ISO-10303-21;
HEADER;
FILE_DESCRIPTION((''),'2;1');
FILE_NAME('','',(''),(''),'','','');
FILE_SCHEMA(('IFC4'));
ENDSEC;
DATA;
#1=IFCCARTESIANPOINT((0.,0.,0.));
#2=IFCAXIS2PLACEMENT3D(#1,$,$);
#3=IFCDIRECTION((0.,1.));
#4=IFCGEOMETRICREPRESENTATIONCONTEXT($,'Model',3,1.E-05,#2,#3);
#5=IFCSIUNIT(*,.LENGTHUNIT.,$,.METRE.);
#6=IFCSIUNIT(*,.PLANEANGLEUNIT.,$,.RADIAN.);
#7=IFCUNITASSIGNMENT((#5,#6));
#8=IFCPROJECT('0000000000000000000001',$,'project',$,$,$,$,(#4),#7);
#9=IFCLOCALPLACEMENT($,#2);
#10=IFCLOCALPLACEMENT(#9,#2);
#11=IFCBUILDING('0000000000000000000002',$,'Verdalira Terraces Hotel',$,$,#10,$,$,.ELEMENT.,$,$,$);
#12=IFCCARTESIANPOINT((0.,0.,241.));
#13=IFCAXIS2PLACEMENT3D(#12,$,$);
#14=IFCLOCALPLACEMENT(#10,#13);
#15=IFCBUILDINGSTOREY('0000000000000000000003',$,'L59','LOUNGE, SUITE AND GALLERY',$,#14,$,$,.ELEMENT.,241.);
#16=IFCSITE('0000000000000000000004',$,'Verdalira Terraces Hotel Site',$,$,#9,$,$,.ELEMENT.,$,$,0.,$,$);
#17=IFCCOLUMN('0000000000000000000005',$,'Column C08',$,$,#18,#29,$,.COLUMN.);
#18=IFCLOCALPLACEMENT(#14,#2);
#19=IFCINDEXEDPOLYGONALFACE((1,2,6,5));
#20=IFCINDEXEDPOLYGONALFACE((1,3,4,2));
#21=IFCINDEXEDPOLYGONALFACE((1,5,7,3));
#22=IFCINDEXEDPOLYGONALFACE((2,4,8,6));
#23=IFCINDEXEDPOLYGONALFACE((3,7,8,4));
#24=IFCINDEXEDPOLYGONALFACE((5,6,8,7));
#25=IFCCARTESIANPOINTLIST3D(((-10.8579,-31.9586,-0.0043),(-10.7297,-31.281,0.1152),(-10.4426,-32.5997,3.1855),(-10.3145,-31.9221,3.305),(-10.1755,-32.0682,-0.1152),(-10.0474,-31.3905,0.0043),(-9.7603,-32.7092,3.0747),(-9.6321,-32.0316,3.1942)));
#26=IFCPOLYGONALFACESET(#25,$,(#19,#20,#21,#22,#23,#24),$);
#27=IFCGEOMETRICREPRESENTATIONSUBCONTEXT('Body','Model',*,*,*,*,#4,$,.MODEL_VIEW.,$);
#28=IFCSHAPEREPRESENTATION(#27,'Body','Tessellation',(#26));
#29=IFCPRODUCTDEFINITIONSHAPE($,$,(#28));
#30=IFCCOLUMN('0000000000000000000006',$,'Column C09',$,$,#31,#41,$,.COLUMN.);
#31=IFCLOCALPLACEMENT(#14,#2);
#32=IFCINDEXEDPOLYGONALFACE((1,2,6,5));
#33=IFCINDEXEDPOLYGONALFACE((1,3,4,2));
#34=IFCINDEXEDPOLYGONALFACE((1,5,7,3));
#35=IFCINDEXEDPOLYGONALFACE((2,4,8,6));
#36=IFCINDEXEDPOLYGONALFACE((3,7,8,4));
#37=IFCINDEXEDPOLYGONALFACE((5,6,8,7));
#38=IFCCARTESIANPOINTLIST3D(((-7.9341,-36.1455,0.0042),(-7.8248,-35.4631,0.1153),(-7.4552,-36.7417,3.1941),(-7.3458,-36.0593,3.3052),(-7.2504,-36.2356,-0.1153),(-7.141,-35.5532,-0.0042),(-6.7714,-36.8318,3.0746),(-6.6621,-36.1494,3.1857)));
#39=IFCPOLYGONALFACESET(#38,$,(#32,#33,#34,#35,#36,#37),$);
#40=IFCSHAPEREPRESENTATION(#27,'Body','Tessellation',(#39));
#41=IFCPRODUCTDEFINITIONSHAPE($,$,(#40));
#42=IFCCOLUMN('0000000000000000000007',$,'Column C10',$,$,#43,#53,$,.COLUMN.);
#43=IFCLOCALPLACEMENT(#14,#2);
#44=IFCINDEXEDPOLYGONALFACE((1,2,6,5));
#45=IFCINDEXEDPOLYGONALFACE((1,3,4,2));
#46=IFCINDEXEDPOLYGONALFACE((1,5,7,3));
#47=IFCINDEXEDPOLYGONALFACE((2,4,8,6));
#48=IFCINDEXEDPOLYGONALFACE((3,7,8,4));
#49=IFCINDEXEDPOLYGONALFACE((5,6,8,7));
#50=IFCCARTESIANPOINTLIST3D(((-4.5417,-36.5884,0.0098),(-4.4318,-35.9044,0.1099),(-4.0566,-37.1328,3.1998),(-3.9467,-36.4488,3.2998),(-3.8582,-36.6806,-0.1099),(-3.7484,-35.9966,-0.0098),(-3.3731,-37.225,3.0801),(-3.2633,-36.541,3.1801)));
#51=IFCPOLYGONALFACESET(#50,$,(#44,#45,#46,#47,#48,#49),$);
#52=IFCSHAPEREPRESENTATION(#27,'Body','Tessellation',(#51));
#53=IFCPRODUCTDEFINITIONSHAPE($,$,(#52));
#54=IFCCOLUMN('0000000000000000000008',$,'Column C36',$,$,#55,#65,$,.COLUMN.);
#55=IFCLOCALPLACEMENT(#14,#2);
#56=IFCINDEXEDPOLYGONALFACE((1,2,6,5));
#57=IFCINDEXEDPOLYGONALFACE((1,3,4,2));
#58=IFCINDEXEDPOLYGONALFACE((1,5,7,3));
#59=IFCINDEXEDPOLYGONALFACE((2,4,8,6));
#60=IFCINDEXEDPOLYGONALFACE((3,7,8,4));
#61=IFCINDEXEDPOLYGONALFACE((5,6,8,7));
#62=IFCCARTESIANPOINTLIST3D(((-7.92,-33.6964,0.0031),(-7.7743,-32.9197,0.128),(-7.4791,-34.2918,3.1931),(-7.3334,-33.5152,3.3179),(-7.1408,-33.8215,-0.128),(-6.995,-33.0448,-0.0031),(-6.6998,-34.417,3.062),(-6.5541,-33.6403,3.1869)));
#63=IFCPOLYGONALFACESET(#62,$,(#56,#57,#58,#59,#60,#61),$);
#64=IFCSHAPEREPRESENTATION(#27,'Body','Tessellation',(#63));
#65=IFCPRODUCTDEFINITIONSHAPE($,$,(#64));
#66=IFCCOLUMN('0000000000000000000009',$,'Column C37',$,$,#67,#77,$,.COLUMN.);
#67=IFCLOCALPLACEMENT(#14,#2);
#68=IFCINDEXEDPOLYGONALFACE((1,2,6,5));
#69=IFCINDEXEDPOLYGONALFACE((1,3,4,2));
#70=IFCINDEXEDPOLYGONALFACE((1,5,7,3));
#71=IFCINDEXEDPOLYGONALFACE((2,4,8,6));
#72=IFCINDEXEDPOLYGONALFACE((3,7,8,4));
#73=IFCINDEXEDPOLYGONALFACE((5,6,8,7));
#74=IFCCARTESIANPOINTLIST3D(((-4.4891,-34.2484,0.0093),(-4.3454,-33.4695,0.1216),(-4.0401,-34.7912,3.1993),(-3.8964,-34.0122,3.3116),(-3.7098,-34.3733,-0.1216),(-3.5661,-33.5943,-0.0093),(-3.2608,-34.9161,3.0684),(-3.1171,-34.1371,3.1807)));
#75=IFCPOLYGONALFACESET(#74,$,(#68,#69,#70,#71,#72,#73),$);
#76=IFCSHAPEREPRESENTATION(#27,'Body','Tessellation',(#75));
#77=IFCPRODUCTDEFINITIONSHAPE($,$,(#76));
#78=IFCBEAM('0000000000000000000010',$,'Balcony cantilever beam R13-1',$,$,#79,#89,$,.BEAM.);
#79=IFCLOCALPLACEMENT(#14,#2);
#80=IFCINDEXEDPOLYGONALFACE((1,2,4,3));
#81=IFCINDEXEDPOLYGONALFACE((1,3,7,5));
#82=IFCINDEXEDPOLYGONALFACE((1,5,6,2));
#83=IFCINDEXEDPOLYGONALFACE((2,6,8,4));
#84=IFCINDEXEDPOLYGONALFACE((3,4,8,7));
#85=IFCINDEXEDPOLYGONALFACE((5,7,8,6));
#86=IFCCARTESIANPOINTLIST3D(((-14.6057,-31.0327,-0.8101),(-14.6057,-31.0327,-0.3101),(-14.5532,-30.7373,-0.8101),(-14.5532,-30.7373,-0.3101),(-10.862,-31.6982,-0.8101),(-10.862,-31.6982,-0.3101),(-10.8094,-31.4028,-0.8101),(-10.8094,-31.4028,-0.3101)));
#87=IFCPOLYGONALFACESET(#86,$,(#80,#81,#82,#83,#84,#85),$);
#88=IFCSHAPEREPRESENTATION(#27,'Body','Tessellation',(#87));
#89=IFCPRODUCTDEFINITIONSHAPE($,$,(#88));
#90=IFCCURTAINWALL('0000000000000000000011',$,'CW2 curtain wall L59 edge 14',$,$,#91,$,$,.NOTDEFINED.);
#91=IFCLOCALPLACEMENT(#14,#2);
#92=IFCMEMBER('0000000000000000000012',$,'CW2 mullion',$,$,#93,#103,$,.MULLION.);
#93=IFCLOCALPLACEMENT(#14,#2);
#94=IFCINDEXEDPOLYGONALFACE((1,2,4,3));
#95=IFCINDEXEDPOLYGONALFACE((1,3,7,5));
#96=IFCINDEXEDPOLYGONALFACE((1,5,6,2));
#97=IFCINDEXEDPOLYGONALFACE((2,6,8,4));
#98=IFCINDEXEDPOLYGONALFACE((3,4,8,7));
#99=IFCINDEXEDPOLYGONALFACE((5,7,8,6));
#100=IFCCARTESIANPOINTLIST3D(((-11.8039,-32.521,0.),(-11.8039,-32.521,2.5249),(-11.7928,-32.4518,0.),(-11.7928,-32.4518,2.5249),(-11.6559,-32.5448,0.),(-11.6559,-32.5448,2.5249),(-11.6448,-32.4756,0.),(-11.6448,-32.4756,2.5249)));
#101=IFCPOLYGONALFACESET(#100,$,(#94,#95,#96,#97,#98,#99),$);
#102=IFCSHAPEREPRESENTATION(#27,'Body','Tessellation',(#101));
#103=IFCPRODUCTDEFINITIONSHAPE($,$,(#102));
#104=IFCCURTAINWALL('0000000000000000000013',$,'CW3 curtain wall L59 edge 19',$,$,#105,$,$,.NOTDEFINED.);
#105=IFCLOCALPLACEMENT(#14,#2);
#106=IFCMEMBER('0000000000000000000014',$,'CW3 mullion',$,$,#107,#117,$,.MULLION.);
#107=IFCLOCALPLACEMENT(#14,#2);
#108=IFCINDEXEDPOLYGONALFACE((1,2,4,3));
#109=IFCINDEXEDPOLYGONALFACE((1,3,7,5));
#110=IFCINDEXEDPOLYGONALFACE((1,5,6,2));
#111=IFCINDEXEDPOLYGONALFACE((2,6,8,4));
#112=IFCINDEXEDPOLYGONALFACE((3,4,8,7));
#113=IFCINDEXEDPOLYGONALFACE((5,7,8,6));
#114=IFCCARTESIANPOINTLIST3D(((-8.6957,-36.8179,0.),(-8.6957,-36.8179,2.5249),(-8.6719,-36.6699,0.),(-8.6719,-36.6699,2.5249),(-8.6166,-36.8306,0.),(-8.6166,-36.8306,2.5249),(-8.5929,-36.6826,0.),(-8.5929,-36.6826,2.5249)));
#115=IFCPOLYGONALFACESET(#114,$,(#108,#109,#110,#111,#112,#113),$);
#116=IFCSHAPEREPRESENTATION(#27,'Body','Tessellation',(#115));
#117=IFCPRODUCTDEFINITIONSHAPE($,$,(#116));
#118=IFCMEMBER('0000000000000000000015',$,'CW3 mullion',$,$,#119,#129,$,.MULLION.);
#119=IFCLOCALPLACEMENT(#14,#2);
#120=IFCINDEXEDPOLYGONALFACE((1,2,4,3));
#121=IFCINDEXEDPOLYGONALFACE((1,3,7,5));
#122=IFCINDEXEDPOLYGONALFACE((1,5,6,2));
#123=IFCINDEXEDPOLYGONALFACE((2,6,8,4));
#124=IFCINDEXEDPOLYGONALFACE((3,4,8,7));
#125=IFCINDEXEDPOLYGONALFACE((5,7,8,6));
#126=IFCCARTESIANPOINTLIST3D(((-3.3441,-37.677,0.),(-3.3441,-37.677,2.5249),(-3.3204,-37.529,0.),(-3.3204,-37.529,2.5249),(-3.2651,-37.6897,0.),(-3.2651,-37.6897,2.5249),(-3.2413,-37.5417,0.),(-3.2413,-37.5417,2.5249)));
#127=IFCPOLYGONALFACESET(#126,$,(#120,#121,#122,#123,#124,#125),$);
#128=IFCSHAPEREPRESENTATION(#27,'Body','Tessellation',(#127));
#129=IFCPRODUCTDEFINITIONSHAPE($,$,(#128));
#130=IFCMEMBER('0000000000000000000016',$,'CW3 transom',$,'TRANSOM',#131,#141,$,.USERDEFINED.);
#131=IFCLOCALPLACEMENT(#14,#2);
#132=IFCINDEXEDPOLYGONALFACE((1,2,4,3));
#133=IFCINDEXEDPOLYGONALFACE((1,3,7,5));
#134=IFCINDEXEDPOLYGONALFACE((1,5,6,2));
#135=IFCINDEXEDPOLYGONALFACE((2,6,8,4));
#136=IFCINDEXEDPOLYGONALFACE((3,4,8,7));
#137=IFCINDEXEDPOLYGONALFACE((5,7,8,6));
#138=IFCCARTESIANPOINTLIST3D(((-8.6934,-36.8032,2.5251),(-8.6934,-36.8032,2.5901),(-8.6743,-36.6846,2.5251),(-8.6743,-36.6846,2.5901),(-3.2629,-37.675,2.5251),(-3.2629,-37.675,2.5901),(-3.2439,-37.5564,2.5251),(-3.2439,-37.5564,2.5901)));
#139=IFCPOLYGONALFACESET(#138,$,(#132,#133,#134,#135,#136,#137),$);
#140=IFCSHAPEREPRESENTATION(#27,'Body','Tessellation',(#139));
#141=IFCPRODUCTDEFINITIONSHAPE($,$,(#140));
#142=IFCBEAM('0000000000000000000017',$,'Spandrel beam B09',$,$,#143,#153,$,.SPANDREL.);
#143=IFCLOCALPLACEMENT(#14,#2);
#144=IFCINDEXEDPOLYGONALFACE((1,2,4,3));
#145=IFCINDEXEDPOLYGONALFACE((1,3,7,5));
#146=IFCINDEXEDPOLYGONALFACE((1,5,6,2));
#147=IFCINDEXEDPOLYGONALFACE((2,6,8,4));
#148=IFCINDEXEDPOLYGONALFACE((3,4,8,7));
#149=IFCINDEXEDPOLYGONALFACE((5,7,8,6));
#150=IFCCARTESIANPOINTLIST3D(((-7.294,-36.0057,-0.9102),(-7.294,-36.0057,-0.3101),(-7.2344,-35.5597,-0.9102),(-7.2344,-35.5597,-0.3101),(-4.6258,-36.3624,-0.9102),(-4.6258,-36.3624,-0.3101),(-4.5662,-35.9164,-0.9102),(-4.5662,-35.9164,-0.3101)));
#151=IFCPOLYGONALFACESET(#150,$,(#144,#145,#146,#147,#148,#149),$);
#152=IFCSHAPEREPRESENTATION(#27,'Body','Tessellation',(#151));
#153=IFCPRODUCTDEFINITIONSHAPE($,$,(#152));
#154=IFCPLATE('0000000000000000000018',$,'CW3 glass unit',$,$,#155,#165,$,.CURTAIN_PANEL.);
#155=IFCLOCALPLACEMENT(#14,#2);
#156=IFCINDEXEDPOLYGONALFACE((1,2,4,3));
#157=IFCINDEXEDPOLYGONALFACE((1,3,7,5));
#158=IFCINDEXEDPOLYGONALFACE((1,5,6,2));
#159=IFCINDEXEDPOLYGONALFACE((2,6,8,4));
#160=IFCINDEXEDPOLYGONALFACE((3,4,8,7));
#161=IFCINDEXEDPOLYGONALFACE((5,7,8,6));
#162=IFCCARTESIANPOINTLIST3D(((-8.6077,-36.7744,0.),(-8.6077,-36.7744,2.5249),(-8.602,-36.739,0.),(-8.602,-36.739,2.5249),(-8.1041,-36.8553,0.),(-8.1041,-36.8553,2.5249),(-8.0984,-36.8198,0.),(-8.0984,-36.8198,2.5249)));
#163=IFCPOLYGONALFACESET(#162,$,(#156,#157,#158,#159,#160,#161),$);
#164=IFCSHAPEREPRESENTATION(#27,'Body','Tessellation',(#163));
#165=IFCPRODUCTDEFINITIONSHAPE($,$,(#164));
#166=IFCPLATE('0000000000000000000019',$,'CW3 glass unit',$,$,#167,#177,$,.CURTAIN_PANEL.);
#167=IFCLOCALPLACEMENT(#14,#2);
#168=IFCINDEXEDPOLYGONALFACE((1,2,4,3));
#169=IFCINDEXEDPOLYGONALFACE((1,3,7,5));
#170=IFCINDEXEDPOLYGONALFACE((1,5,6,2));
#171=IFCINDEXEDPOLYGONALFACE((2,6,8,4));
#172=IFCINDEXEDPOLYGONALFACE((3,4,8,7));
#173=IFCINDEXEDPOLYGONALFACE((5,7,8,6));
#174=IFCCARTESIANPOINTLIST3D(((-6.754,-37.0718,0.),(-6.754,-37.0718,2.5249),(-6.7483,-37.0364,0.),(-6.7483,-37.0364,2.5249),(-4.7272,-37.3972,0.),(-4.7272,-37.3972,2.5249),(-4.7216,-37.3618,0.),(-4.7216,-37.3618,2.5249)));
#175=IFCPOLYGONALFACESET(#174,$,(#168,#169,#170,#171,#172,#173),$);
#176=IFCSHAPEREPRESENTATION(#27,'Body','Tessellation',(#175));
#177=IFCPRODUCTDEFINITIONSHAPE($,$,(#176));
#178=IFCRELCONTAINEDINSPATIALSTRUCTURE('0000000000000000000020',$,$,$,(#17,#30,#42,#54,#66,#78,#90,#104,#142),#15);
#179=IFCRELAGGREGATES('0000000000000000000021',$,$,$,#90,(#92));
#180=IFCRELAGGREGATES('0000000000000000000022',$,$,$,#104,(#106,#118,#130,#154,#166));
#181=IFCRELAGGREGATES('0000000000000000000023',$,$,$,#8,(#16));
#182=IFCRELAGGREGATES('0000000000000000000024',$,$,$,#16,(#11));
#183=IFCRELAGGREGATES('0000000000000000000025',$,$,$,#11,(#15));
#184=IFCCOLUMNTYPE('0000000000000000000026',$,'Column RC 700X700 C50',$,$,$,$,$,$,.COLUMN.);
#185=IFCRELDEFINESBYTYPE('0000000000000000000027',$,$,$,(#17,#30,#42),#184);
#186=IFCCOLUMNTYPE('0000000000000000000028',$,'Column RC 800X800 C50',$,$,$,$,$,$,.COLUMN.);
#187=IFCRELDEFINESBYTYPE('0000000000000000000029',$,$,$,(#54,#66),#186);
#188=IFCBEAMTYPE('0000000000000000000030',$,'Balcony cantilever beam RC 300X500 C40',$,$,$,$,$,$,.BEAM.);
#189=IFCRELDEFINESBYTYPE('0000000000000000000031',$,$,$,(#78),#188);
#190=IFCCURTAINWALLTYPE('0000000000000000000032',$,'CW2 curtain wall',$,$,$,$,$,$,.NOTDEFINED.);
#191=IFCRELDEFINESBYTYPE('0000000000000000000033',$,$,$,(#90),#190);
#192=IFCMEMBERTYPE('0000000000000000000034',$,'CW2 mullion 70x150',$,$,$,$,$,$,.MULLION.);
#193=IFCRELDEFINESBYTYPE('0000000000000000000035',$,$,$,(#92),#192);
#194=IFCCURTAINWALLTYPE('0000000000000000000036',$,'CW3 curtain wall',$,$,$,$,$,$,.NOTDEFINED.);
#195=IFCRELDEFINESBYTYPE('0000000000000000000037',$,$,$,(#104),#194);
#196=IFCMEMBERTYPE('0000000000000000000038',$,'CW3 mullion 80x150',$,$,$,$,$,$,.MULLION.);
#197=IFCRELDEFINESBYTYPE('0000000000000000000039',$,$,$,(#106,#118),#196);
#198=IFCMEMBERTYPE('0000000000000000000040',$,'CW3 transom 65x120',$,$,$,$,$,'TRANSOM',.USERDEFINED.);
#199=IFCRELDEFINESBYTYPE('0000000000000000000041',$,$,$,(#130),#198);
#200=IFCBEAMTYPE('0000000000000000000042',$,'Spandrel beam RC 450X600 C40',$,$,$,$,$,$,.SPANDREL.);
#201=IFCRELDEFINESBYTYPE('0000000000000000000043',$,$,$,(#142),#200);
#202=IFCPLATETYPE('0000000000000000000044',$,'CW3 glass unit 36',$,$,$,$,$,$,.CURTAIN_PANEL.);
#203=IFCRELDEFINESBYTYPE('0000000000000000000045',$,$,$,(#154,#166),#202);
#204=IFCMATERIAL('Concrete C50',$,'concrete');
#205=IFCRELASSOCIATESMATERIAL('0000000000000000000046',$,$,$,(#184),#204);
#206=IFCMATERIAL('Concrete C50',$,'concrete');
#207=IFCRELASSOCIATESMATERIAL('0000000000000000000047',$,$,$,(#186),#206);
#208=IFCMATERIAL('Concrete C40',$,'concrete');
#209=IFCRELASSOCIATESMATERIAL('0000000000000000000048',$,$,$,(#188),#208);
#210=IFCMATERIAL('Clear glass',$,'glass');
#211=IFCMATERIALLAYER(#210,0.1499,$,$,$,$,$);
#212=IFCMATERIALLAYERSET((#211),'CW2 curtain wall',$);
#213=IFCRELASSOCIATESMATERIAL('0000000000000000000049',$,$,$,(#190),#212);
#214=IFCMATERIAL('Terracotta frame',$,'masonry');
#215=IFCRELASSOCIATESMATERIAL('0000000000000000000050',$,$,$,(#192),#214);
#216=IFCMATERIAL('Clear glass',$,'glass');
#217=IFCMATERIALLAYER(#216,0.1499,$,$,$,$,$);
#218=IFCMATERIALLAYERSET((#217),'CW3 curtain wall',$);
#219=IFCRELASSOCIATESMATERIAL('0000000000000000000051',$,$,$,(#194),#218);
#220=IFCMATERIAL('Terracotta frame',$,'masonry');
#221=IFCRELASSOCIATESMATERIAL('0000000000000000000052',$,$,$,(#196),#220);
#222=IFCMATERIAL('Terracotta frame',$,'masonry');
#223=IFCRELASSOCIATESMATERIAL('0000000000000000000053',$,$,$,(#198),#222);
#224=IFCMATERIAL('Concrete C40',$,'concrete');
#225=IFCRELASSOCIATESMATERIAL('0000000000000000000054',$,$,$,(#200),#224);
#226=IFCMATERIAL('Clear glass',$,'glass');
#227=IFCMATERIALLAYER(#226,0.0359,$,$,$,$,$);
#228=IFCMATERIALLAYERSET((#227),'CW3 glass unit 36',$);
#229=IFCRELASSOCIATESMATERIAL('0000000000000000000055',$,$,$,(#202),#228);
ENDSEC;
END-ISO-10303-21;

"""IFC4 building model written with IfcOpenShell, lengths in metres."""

from ifc_helpers import new_model, si_unit, direction, frame, origin, origin_2d, place, context, subcontext, project, spatial, rectangle, extrude, material, layer, layer_set, material_profile, profile_set, type_object, element, aggregate, save


model = new_model("IFC4")

# Units and contexts
model_context = context("Model", 3, precision=1e-05, world=origin(), true_north=direction((0.0, 1.0)))
body_context = subcontext(model_context, "Body", "Model", "MODEL_VIEW")
ifc_project = project(units=[si_unit("LENGTHUNIT", "METRE"), si_unit("PLANEANGLEUNIT", "RADIAN")], contexts=[model_context])

# Site, building, storey
site_placement = place(None, origin())
site = spatial("IfcSite", under=ifc_project, at=site_placement, Name="Verdalira Terraces Hotel Site", CompositionType="ELEMENT", RefElevation=0.0)
building_placement = place(site_placement, origin())
building = spatial("IfcBuilding", under=site, at=building_placement, Name="Verdalira Terraces Hotel", CompositionType="ELEMENT")
storey_placement = place(building_placement, frame((0.0, 0.0, 241.0)))
storey = spatial("IfcBuildingStorey", under=building, at=storey_placement, Name="L59", Description="LOUNGE, SUITE AND GALLERY", CompositionType="ELEMENT", Elevation=241.0)

# Columns
ifc_material_1 = material(Name="Concrete C50", Category="concrete")
ifc_material_profile_1 = material_profile(ifc_material_1, rectangle(XDim=0.7, YDim=0.7, at=origin_2d()), Name="RC 700X700")
ifc_profile_set_1 = profile_set([ifc_material_profile_1], Name="Concrete C50")
column_type_1 = type_object("IfcColumnType", Name="Column RC 700X700 C50", PredefinedType="COLUMN", material=ifc_profile_set_1)
column_1_placement = place(storey_placement, frame((-10.4526, -31.6746, 0.0), z_axis=(0.126606, -0.195454, 0.972506), x_axis=(-0.183132, -0.968148, -0.170737)))
element("IfcColumn", 1, at=column_1_placement, inside=storey, type_object=column_type_1, Name="Column C08", PredefinedType="COLUMN", context=body_context, shape_type="SweptSolid", body=[
    extrude(rectangle(XDim=0.7, YDim=0.7, at=origin_2d()), origin(), (0.0, 0.0, 1.0), 3.28),
])
column_2_placement = place(storey_placement, frame((-7.5376, -35.8494, 0.0), z_axis=(0.146023, -0.181747, 0.972443), x_axis=(0.976871, -0.128722, -0.170745)))
element("IfcColumn", 2, at=column_2_placement, inside=storey, type_object=column_type_1, Name="Column C09", PredefinedType="COLUMN", context=body_context, shape_type="SweptSolid", body=[
    extrude(rectangle(XDim=0.7, YDim=0.7, at=origin_2d()), origin(), (0.0, 0.0, 1.0), 3.2803),
])
column_3_placement = place(storey_placement, frame((-4.145, -36.2925, 0.0), z_axis=(0.14825, -0.16638, 0.974854), x_axis=(0.976423, -0.131774, -0.170979)))
element("IfcColumn", 3, at=column_3_placement, inside=storey, type_object=column_type_1, Name="Column C10", PredefinedType="COLUMN", context=body_context, shape_type="SweptSolid", body=[
    extrude(rectangle(XDim=0.7, YDim=0.7, at=origin_2d()), origin(), (0.0, 0.0, 1.0), 3.2722),
])
ifc_material_2 = material(Name="Concrete C50", Category="concrete")
ifc_material_profile_2 = material_profile(ifc_material_2, rectangle(XDim=0.8, YDim=0.8, at=origin_2d()), Name="RC 800X800")
ifc_profile_set_2 = profile_set([ifc_material_profile_2], Name="Concrete C50")
column_type_2 = type_object("IfcColumnType", Name="Column RC 800X800 C50", PredefinedType="COLUMN", material=ifc_profile_set_2)
column_4_placement = place(storey_placement, frame((-7.4575, -33.3706, 0.0), z_axis=(0.134637, -0.181827, 0.97407), x_axis=(-0.182155, -0.970809, -0.156041)))
element("IfcColumn", 4, at=column_4_placement, inside=storey, type_object=column_type_2, Name="Column C36", PredefinedType="COLUMN", context=body_context, shape_type="SweptSolid", body=[
    extrude(rectangle(XDim=0.8, YDim=0.8, at=origin_2d()), origin(), (0.0, 0.0, 1.0), 3.2749),
])
column_5_placement = place(storey_placement, frame((-4.0276, -33.9214, 0.0), z_axis=(0.137436, -0.166134, 0.976479), x_axis=(-0.179618, -0.973669, -0.140376)))
element("IfcColumn", 5, at=column_5_placement, inside=storey, type_object=column_type_2, Name="Column C37", PredefinedType="COLUMN", context=body_context, shape_type="SweptSolid", body=[
    extrude(rectangle(XDim=0.8, YDim=0.8, at=origin_2d()), origin(), (0.0, 0.0, 1.0), 3.2668),
])

# Beam
ifc_material_3 = material(Name="Concrete C40", Category="concrete")
ifc_material_profile_3 = material_profile(ifc_material_3, rectangle(XDim=0.3, YDim=0.5, at=origin_2d()), Name="RC 300X500")
ifc_profile_set_3 = profile_set([ifc_material_profile_3], Name="Concrete C40")
beam_type_1 = type_object("IfcBeamType", Name="Balcony cantilever beam RC 300X500 C40", PredefinedType="BEAM", material=ifc_profile_set_3)
beam_1_placement = place(storey_placement, frame((-10.8357, -31.5505, -0.5601), z_axis=(-0.984565, 0.17502, 0.0), x_axis=(-0.17502, -0.984565, 0.0)))
element("IfcBeam", 6, at=beam_1_placement, inside=storey, type_object=beam_type_1, Name="Balcony cantilever beam R13-1", PredefinedType="BEAM", context=body_context, shape_type="SweptSolid", body=[
    extrude(rectangle(XDim=0.3, YDim=0.5, at=origin_2d()), origin(), (0.0, 0.0, 1.0), 3.8025),
])

# Curtain wall, member
ifc_material_4 = material(Name="Clear glass", Category="glass")
ifc_layer_1 = layer(ifc_material_4, 0.1499)
ifc_layer_set_1 = layer_set([ifc_layer_1], Name="CW2 curtain wall")
curtain_wall_type_1 = type_object("IfcCurtainWallType", Name="CW2 curtain wall", PredefinedType="NOTDEFINED", material=ifc_layer_set_1)
curtain_wall_1_placement = place(storey_placement, origin())
curtain_wall_1 = element("IfcCurtainWall", 7, at=curtain_wall_1_placement, inside=storey, type_object=curtain_wall_type_1, Name="CW2 curtain wall L59 edge 14", PredefinedType="NOTDEFINED")
ifc_material_5 = material(Name="Terracotta frame", Category="masonry")
ifc_material_profile_4 = material_profile(ifc_material_5, rectangle(XDim=0.0701, YDim=0.1499, at=origin_2d()), Name="MU 70x150")
ifc_profile_set_4 = profile_set([ifc_material_profile_4], Name="Terracotta frame")
member_type_1 = type_object("IfcMemberType", Name="CW2 mullion 70x150", PredefinedType="MULLION", material=ifc_profile_set_4)
member_1_placement = place(storey_placement, frame((-11.7244, -32.4983, 0.0), z_axis=(0.0, 0.0, 1.0), x_axis=(-0.158503, -0.987359, 0.0)))
member_1 = element("IfcMember", 8, at=member_1_placement, type_object=member_type_1, Name="CW2 mullion", PredefinedType="MULLION", context=body_context, shape_type="SweptSolid", body=[
    extrude(rectangle(XDim=0.0701, YDim=0.1499, at=origin_2d()), origin(), (0.0, 0.0, 1.0), 2.5249),
])
aggregate(curtain_wall_1, [member_1])

# Curtain wall, members
ifc_material_6 = material(Name="Clear glass", Category="glass")
ifc_layer_2 = layer(ifc_material_6, 0.1499)
ifc_layer_set_2 = layer_set([ifc_layer_2], Name="CW3 curtain wall")
curtain_wall_type_2 = type_object("IfcCurtainWallType", Name="CW3 curtain wall", PredefinedType="NOTDEFINED", material=ifc_layer_set_2)
curtain_wall_2_placement = place(storey_placement, origin())
curtain_wall_2 = element("IfcCurtainWall", 9, at=curtain_wall_2_placement, inside=storey, type_object=curtain_wall_type_2, Name="CW3 curtain wall L59 edge 19", PredefinedType="NOTDEFINED")
ifc_material_7 = material(Name="Terracotta frame", Category="masonry")
ifc_material_profile_5 = material_profile(ifc_material_7, rectangle(XDim=0.0801, YDim=0.1499, at=origin_2d()), Name="MU 80x150")
ifc_profile_set_5 = profile_set([ifc_material_profile_5], Name="Terracotta frame")
member_type_2 = type_object("IfcMemberType", Name="CW3 mullion 80x150", PredefinedType="MULLION", material=ifc_profile_set_5)
member_2_placement = place(storey_placement, frame((-8.6443, -36.7502, 0.0), z_axis=(0.0, 0.0, 1.0), x_axis=(0.987359, -0.158503, 0.0)))
member_2 = element("IfcMember", 10, at=member_2_placement, type_object=member_type_2, Name="CW3 mullion", PredefinedType="MULLION", context=body_context, shape_type="SweptSolid", body=[
    extrude(rectangle(XDim=0.0801, YDim=0.1499, at=origin_2d()), origin(), (0.0, 0.0, 1.0), 2.5249),
])
member_3_placement = place(storey_placement, frame((-3.2927, -37.6094, 0.0), z_axis=(0.0, 0.0, 1.0), x_axis=(0.987359, -0.158503, 0.0)))
member_3 = element("IfcMember", 11, at=member_3_placement, type_object=member_type_2, Name="CW3 mullion", PredefinedType="MULLION", context=body_context, shape_type="SweptSolid", body=[
    extrude(rectangle(XDim=0.0801, YDim=0.1499, at=origin_2d()), origin(), (0.0, 0.0, 1.0), 2.5249),
])
ifc_material_8 = material(Name="Terracotta frame", Category="masonry")
ifc_material_profile_6 = material_profile(ifc_material_8, rectangle(XDim=0.1201, YDim=0.0649, at=origin_2d()), Name="TR 65x120")
ifc_profile_set_6 = profile_set([ifc_material_profile_6], Name="Terracotta frame")
member_type_3 = type_object("IfcMemberType", Name="CW3 transom 65x120", ElementType="TRANSOM", PredefinedType="USERDEFINED", material=ifc_profile_set_6)
member_4_placement = place(storey_placement, frame((-8.6838, -36.7439, 2.5576), z_axis=(0.987357, -0.158515, 0.0), x_axis=(0.158515, 0.987357, 0.0)))
member_4 = element("IfcMember", 12, at=member_4_placement, type_object=member_type_3, Name="CW3 transom", ObjectType="TRANSOM", PredefinedType="USERDEFINED", context=body_context, shape_type="SweptSolid", body=[
    extrude(rectangle(XDim=0.1201, YDim=0.0649, at=origin_2d()), origin(), (0.0, 0.0, 1.0), 5.5),
])

# Beam
ifc_material_9 = material(Name="Concrete C40", Category="concrete")
ifc_material_profile_7 = material_profile(ifc_material_9, rectangle(XDim=0.45, YDim=0.6001, at=origin_2d()), Name="RC 450X600")
ifc_profile_set_7 = profile_set([ifc_material_profile_7], Name="Concrete C40")
beam_type_2 = type_object("IfcBeamType", Name="Spandrel beam RC 450X600 C40", PredefinedType="SPANDREL", material=ifc_profile_set_7)
beam_2_placement = place(storey_placement, frame((-7.2642, -35.7827, -0.6101), z_axis=(0.991183, -0.132502, 0.0), x_axis=(0.132502, 0.991183, 0.0)))
element("IfcBeam", 13, at=beam_2_placement, inside=storey, type_object=beam_type_2, Name="Spandrel beam B09", PredefinedType="SPANDREL", context=body_context, shape_type="SweptSolid", body=[
    extrude(rectangle(XDim=0.45, YDim=0.6001, at=origin_2d()), origin(), (0.0, 0.0, 1.0), 2.6919),
])

# Plates
ifc_material_10 = material(Name="Clear glass", Category="glass")
ifc_layer_3 = layer(ifc_material_10, 0.0359)
ifc_layer_set_3 = layer_set([ifc_layer_3], Name="CW3 glass unit 36")
plate_type = type_object("IfcPlateType", Name="CW3 glass unit 36", PredefinedType="CURTAIN_PANEL", material=ifc_layer_set_3)
plate_1_placement = place(storey_placement, frame((-8.353, -36.7971, 0.0), z_axis=(0.0, 0.0, 1.0), x_axis=(0.987359, -0.158503, 0.0)))
plate_1 = element("IfcPlate", 14, at=plate_1_placement, type_object=plate_type, Name="CW3 glass unit", PredefinedType="CURTAIN_PANEL", context=body_context, shape_type="SweptSolid", body=[
    extrude(rectangle(XDim=0.51, YDim=0.0359, at=origin_2d()), origin(), (0.0, 0.0, 1.0), 2.5249),
])
plate_2_placement = place(storey_placement, frame((-5.7378, -37.2168, 0.0), z_axis=(0.0, 0.0, 1.0), x_axis=(0.987359, -0.158503, 0.0)))
plate_2 = element("IfcPlate", 15, at=plate_2_placement, type_object=plate_type, Name="CW3 glass unit", PredefinedType="CURTAIN_PANEL", context=body_context, shape_type="SweptSolid", body=[
    extrude(rectangle(XDim=2.0527, YDim=0.0359, at=origin_2d()), origin(), (0.0, 0.0, 1.0), 2.5249),
])
aggregate(curtain_wall_2, [member_2, member_3, member_4, plate_1, plate_2])

save(model, "model.ifc")
